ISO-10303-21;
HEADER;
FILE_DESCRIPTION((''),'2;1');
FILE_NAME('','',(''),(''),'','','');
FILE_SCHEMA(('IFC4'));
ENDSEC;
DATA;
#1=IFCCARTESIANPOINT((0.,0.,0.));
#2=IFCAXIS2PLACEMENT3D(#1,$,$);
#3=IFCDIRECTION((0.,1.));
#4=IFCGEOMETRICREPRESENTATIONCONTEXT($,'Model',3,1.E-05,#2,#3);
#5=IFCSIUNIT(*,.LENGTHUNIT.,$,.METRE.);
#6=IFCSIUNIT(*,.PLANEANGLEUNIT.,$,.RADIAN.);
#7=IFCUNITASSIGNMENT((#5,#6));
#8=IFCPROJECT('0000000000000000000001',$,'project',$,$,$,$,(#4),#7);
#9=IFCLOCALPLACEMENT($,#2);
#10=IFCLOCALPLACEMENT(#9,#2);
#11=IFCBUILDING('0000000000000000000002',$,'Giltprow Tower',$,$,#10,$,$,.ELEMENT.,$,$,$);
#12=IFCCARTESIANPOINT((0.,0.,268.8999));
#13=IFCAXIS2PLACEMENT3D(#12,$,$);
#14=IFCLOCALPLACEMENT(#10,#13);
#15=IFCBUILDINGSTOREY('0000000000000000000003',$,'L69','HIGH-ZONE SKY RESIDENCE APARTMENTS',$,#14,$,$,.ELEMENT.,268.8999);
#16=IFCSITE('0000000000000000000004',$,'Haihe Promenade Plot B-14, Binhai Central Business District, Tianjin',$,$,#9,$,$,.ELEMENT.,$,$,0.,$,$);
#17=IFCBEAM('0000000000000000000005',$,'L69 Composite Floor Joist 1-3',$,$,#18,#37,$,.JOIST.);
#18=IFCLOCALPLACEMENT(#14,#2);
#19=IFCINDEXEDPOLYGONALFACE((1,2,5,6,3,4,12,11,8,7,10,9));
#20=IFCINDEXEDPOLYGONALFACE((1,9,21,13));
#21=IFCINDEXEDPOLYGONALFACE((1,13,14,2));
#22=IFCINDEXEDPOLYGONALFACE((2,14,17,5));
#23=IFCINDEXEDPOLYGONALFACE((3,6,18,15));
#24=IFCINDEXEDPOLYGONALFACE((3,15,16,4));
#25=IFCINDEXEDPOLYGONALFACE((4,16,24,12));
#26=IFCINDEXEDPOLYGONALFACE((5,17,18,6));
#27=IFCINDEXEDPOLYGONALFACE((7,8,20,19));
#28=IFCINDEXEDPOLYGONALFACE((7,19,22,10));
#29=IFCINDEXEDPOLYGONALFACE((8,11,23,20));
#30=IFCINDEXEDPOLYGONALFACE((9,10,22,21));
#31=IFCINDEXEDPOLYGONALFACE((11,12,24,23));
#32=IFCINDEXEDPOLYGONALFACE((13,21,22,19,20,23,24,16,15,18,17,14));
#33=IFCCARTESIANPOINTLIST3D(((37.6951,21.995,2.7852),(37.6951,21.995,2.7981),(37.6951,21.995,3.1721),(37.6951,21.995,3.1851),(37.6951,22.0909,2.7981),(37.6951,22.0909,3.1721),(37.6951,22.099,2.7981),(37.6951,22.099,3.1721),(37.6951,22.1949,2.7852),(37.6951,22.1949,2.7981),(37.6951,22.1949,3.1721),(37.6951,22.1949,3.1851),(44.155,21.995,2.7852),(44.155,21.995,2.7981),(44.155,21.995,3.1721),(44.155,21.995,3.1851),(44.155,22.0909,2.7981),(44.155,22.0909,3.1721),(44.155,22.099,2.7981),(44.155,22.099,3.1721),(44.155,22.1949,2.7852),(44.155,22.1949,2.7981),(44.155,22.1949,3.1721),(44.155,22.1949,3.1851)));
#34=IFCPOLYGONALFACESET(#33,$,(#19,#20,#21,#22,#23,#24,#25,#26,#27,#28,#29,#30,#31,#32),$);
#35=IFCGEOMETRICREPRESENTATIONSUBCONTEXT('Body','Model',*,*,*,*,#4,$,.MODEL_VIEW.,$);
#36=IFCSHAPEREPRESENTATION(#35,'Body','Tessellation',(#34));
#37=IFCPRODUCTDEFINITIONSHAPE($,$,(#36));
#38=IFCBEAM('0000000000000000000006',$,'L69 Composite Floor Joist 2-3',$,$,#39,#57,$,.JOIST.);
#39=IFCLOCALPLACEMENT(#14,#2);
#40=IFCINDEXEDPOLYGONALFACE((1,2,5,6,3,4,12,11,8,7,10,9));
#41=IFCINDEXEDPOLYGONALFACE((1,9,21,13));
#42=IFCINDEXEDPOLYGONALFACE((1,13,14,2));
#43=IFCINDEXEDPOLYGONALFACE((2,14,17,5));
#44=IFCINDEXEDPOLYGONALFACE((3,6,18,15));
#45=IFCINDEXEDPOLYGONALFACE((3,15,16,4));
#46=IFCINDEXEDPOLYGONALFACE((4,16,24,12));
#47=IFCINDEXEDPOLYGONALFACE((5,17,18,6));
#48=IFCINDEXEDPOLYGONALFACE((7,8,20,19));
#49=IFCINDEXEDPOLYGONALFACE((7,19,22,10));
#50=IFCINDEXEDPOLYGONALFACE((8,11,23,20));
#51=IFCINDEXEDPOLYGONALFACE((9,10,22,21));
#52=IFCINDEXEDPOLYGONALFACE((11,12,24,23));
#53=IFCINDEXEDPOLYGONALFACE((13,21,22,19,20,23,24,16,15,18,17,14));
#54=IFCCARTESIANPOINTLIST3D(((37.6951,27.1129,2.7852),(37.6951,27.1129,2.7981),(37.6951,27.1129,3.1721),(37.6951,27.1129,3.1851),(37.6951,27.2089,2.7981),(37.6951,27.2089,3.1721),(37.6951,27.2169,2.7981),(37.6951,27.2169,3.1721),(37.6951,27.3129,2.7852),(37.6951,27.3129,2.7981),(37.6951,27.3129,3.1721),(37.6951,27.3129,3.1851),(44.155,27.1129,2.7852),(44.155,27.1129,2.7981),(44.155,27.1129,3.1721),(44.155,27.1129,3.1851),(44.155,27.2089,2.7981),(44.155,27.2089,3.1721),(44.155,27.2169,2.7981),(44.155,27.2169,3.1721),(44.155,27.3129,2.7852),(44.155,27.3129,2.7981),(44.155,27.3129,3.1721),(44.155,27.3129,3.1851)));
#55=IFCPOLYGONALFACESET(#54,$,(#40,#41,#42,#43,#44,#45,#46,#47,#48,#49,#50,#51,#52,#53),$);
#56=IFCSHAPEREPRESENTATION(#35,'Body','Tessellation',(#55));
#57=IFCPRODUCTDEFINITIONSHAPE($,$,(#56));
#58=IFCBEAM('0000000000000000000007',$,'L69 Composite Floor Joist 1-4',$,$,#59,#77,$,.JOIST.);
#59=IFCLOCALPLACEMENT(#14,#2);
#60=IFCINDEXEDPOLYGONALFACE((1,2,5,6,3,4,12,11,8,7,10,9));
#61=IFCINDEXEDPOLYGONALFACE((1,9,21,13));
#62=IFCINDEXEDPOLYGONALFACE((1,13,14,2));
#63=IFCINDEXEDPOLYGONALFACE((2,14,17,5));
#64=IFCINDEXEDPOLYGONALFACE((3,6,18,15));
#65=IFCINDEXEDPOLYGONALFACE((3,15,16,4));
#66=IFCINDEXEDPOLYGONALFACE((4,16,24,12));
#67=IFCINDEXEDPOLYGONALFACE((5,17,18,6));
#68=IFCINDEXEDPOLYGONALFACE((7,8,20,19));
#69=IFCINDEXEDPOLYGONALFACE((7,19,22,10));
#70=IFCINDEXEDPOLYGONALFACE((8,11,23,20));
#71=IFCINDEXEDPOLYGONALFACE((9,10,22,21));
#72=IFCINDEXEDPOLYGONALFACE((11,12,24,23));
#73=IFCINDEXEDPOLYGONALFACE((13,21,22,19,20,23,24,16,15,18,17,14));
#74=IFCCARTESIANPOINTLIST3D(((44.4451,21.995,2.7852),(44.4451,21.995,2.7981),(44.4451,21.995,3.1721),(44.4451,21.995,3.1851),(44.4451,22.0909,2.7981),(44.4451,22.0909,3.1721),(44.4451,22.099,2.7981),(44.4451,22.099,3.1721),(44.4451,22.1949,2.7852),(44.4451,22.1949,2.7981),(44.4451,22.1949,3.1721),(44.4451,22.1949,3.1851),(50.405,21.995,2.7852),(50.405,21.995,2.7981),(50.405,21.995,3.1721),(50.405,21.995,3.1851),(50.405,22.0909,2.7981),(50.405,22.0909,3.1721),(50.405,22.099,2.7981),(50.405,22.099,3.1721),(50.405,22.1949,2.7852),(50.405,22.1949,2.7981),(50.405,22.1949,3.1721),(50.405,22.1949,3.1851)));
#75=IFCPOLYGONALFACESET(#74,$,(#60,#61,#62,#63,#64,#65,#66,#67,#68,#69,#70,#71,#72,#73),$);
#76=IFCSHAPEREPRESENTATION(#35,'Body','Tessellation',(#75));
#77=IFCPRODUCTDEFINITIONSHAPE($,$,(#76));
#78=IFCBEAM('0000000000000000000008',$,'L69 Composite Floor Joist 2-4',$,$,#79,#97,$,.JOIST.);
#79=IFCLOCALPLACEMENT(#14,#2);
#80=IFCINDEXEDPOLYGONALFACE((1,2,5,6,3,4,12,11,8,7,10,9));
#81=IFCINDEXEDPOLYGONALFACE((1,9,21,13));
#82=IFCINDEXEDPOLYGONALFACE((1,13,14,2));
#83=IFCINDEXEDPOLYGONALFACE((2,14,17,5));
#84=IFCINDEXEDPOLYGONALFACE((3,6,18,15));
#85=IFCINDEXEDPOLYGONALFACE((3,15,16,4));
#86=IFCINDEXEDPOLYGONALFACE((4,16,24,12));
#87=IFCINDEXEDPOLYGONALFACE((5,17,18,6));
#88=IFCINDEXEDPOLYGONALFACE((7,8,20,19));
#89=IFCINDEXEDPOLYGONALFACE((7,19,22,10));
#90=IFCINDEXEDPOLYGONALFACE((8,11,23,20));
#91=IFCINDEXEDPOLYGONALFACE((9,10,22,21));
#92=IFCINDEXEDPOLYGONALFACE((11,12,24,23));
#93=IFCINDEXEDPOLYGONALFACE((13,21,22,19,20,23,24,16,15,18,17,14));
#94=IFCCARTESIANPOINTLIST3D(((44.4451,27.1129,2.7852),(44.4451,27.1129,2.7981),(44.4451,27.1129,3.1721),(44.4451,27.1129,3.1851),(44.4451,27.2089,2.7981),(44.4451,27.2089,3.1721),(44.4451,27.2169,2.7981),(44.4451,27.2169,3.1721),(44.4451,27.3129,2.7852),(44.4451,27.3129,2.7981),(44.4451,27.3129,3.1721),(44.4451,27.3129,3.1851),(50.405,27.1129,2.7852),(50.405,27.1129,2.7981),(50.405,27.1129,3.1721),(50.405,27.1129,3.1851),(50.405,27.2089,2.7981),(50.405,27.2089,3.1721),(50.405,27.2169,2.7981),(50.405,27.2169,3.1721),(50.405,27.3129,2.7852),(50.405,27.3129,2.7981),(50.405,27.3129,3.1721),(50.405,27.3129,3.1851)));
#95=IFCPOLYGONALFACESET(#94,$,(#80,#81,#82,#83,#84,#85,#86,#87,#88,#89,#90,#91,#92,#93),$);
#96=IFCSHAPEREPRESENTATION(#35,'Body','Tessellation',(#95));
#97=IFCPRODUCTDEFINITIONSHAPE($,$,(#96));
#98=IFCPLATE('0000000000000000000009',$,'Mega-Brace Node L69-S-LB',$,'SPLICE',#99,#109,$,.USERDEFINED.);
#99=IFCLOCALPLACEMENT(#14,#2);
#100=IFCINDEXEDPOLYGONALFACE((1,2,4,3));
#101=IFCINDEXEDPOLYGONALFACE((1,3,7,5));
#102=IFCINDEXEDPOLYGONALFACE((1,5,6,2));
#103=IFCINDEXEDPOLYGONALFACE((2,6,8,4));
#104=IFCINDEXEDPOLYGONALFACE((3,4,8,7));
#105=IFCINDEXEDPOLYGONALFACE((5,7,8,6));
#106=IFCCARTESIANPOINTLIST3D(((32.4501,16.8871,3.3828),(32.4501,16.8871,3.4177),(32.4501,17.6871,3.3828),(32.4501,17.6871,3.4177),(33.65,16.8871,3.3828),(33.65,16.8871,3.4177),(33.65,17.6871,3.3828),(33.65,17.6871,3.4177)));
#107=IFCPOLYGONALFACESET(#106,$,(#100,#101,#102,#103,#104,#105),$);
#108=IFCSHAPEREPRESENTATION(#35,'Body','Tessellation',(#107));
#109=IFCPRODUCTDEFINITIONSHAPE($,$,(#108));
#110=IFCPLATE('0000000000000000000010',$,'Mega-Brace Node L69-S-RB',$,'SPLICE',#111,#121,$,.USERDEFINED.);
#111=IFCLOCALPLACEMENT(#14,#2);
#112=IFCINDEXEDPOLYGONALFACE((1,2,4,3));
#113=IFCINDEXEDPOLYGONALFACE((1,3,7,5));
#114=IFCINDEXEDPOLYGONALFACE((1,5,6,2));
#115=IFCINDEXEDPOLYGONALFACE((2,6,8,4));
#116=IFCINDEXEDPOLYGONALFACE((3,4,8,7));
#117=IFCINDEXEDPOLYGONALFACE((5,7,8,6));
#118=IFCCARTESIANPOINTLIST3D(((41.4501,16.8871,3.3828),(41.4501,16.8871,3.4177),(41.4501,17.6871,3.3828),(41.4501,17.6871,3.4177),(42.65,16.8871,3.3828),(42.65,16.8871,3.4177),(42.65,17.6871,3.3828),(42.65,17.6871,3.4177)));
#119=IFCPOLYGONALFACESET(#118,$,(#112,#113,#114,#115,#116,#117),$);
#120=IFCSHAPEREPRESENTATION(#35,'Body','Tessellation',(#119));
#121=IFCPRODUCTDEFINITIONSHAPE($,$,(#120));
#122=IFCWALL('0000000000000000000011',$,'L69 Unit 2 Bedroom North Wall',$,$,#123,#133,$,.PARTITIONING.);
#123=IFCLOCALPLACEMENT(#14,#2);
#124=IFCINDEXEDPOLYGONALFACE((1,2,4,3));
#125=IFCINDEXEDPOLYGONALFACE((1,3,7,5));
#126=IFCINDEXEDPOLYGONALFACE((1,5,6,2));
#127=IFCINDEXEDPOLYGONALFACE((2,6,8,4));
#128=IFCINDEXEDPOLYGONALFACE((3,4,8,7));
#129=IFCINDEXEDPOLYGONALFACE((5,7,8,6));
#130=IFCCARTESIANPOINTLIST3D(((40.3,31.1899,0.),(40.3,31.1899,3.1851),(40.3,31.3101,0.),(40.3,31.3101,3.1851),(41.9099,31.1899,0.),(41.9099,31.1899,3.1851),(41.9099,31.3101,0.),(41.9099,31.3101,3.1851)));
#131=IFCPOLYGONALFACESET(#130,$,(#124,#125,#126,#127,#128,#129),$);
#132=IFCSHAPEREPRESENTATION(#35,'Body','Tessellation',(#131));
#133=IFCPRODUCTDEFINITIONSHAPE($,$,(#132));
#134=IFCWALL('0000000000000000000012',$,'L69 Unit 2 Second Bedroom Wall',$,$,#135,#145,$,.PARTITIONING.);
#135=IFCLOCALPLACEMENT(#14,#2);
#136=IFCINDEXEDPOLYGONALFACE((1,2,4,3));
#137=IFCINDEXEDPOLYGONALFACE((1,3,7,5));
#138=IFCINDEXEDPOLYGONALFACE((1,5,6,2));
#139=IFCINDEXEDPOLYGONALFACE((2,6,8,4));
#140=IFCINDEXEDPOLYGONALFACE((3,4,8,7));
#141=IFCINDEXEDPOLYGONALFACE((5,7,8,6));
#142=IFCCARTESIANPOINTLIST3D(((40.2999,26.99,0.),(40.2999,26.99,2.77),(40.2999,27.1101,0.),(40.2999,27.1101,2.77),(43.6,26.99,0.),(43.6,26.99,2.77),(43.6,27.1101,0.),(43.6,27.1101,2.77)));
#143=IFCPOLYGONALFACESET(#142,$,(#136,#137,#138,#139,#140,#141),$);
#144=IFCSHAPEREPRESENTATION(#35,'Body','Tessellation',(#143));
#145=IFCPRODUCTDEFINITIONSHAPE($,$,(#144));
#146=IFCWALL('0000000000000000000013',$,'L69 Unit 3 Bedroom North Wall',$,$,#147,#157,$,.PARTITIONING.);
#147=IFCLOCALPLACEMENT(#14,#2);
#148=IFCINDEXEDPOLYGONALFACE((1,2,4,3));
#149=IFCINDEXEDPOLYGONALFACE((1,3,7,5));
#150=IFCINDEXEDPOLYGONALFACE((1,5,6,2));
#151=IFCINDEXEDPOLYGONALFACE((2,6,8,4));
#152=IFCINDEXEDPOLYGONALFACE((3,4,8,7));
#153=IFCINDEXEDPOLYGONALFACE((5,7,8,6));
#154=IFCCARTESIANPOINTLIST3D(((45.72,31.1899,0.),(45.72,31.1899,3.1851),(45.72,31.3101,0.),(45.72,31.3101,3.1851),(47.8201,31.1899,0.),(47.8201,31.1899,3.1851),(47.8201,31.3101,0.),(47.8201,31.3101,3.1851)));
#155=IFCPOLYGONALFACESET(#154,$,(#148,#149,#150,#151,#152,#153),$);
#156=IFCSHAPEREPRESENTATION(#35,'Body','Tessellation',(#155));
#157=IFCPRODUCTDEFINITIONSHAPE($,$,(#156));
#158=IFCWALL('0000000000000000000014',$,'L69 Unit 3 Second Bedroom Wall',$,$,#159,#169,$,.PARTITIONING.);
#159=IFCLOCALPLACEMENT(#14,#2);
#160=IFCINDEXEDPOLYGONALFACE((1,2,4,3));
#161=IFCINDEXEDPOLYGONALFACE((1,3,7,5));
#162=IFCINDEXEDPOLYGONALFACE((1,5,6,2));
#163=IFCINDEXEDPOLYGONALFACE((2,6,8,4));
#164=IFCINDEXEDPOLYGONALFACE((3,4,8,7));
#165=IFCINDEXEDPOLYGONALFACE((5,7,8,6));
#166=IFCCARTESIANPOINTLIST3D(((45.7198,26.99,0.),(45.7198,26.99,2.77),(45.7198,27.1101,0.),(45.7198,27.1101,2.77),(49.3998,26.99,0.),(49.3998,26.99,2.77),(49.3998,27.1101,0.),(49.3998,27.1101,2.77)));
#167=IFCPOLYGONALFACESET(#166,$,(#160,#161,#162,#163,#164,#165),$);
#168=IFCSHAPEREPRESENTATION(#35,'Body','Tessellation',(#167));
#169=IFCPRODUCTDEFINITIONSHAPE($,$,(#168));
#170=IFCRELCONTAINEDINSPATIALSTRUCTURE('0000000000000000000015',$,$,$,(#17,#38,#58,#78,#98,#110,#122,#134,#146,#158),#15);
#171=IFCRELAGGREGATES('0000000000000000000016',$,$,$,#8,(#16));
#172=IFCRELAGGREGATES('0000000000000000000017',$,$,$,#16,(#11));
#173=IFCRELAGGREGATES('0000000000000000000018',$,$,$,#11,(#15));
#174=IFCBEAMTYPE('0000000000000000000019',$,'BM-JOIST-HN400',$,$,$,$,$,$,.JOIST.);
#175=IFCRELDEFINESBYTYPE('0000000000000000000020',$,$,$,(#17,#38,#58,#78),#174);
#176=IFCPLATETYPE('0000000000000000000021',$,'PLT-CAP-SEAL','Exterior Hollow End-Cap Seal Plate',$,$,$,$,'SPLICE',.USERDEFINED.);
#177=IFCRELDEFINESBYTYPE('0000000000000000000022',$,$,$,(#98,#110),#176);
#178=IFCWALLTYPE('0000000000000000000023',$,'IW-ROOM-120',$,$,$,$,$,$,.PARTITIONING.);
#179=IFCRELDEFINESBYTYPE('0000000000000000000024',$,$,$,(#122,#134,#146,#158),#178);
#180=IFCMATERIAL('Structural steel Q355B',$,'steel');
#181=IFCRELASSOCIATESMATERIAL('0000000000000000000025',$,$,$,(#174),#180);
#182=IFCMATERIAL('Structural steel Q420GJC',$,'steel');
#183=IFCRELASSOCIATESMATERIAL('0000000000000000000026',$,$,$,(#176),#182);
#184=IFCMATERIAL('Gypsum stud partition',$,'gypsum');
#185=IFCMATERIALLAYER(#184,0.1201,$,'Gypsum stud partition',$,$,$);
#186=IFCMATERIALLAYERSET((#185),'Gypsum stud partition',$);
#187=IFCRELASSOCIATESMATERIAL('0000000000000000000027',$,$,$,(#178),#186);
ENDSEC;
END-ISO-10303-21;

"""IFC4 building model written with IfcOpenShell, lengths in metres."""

from ifc_helpers import new_model, si_unit, direction, frame, frame_2d, origin, origin_2d, place, context, subcontext, project, spatial, rectangle, i_section, extrude, source, transform, mapped, material, layer, layer_set, material_profile, profile_set, type_object, element, save


model = new_model("IFC4")

# Units and contexts
model_context = context("Model", 3, precision=1e-05, world=origin(), true_north=direction((0.0, 1.0)))
body_context = subcontext(model_context, "Body", "Model", "MODEL_VIEW")
ifc_project = project(units=[si_unit("LENGTHUNIT", "METRE"), si_unit("PLANEANGLEUNIT", "RADIAN")], contexts=[model_context])

# Site, building, storey
site_placement = place(None, origin())
site = spatial("IfcSite", under=ifc_project, at=site_placement, Name="Haihe Promenade Plot B-14, Binhai Central Business District, Tianjin", CompositionType="ELEMENT", RefElevation=0.0)
building_placement = place(site_placement, origin())
building = spatial("IfcBuilding", under=site, at=building_placement, Name="Giltprow Tower", CompositionType="ELEMENT")
storey_placement = place(building_placement, frame((0.0, 0.0, 268.8999)))
storey = spatial("IfcBuildingStorey", under=building, at=storey_placement, Name="L69", Description="HIGH-ZONE SKY RESIDENCE APARTMENTS", CompositionType="ELEMENT", Elevation=268.8999)

# Beams
ifc_material_1 = material(Name="Structural steel Q355B", Category="steel")
ifc_material_profile = material_profile(ifc_material_1, i_section(OverallWidth=0.2, OverallDepth=0.3999, WebThickness=0.0081, FlangeThickness=0.0129, at=origin_2d()), Name="HN 400x200x8x13")
ifc_profile_set = profile_set([ifc_material_profile], Name="Structural steel Q355B")
beam_type = type_object("IfcBeamType", Name="BM-JOIST-HN400", PredefinedType="JOIST", material=ifc_profile_set)
shared_shape_1 = source(origin(), body_context, "Body", "SweptSolid", [
    extrude(i_section(OverallWidth=0.2, OverallDepth=0.3999, WebThickness=0.0081, FlangeThickness=0.0129, at=origin_2d()), origin(), (0.0, 0.0, 1.0), 6.46),
])
for number, where, z_axis, x_axis, name in (
    (1, (37.6951, 22.095, 2.9851), (1.0, 0.0, 0.0), (0.0, 1.0, 0.0), "L69 Composite Floor Joist 1-3"),
    (2, (37.6951, 27.2129, 2.9851), (1.0, 0.0, 0.0), (0.0, 1.0, 0.0), "L69 Composite Floor Joist 2-3"),
):
    element("IfcBeam", number, at=place(storey_placement, frame(where, z_axis=z_axis, x_axis=x_axis)), inside=storey, type_object=beam_type, Name=name, PredefinedType="JOIST", context=body_context, shape_type="MappedRepresentation", body=[
        mapped(shared_shape_1, transform((0.0, 0.0, 0.0), x_axis=(1.0, 0.0, 0.0), y_axis=(0.0, 1.0, 0.0), z_axis=(0.0, 0.0, 1.0), scale=1.0)),
    ])
shared_shape_2 = source(origin(), body_context, "Body", "SweptSolid", [
    extrude(i_section(OverallWidth=0.2, OverallDepth=0.3999, WebThickness=0.0081, FlangeThickness=0.0129, at=origin_2d()), origin(), (0.0, 0.0, 1.0), 5.96),
])
for number, where, z_axis, x_axis, name in (
    (3, (44.4451, 22.095, 2.9851), (1.0, 0.0, 0.0), (0.0, 1.0, 0.0), "L69 Composite Floor Joist 1-4"),
    (4, (44.4451, 27.2129, 2.9851), (1.0, 0.0, 0.0), (0.0, 1.0, 0.0), "L69 Composite Floor Joist 2-4"),
):
    element("IfcBeam", number, at=place(storey_placement, frame(where, z_axis=z_axis, x_axis=x_axis)), inside=storey, type_object=beam_type, Name=name, PredefinedType="JOIST", context=body_context, shape_type="MappedRepresentation", body=[
        mapped(shared_shape_2, transform((0.0, 0.0, 0.0), x_axis=(1.0, 0.0, 0.0), y_axis=(0.0, 1.0, 0.0), z_axis=(0.0, 0.0, 1.0), scale=1.0)),
    ])

# Plates
ifc_material_2 = material(Name="Structural steel Q420GJC", Category="steel")
plate_type = type_object("IfcPlateType", Name="PLT-CAP-SEAL", Description="Exterior Hollow End-Cap Seal Plate", ElementType="SPLICE", PredefinedType="USERDEFINED", material=ifc_material_2)
shared_shape_3 = source(origin(), body_context, "Body", "SweptSolid", [
    extrude(rectangle(XDim=1.2, YDim=0.8, at=origin_2d()), origin(), (0.0, 0.0, 1.0), 0.0349),
])
for number, where, z_axis, x_axis, name in (
    (5, (33.05, 17.2871, 3.3828), (0.0, 0.0, 1.0), (1.0, 0.0, 0.0), "Mega-Brace Node L69-S-LB"),
    (6, (42.05, 17.2871, 3.3828), (0.0, 0.0, 1.0), (1.0, 0.0, 0.0), "Mega-Brace Node L69-S-RB"),
):
    element("IfcPlate", number, at=place(storey_placement, frame(where, z_axis=z_axis, x_axis=x_axis)), inside=storey, type_object=plate_type, Name=name, ObjectType="SPLICE", PredefinedType="USERDEFINED", context=body_context, shape_type="MappedRepresentation", body=[
        mapped(shared_shape_3, transform((0.0, 0.0, 0.0), x_axis=(1.0, 0.0, 0.0), y_axis=(0.0, 1.0, 0.0), z_axis=(0.0, 0.0, 1.0), scale=1.0)),
    ])

# Walls
ifc_material_3 = material(Name="Gypsum stud partition", Category="gypsum")
ifc_layer_1 = layer(ifc_material_3, 0.1201, Name="Gypsum stud partition")
ifc_layer_set_1 = layer_set([ifc_layer_1], Name="Gypsum stud partition")
wall_type_1 = type_object("IfcWallType", Name="IW-ROOM-120", PredefinedType="PARTITIONING", material=ifc_layer_set_1)
wall_1_placement = place(storey_placement, frame((40.3, 31.25, 0.0), z_axis=(0.0, 0.0, 1.0), x_axis=(1.0, 0.0, 0.0)))
element("IfcWall", 7, at=wall_1_placement, inside=storey, type_object=wall_type_1, Name="L69 Unit 2 Bedroom North Wall", PredefinedType="PARTITIONING", context=body_context, shape_type="SweptSolid", body=[
    extrude(rectangle(XDim=1.6099, YDim=0.1201, at=frame_2d((0.8049, 0.0))), origin(), (0.0, 0.0, 1.0), 3.1851),
])
wall_2_placement = place(storey_placement, frame((40.3, 27.05, 0.0), z_axis=(0.0, 0.0, 1.0), x_axis=(1.0, 0.0, 0.0)))
element("IfcWall", 8, at=wall_2_placement, inside=storey, type_object=wall_type_1, Name="L69 Unit 2 Second Bedroom Wall", PredefinedType="PARTITIONING", context=body_context, shape_type="SweptSolid", body=[
    extrude(rectangle(XDim=3.3, YDim=0.1201, at=frame_2d((1.6499, 0.0))), origin(), (0.0, 0.0, 1.0), 2.77),
])
wall_3_placement = place(storey_placement, frame((45.72, 31.25, 0.0), z_axis=(0.0, 0.0, 1.0), x_axis=(1.0, 0.0, 0.0)))
element("IfcWall", 9, at=wall_3_placement, inside=storey, type_object=wall_type_1, Name="L69 Unit 3 Bedroom North Wall", PredefinedType="PARTITIONING", context=body_context, shape_type="SweptSolid", body=[
    extrude(rectangle(XDim=2.1001, YDim=0.1201, at=frame_2d((1.05, 0.0))), origin(), (0.0, 0.0, 1.0), 3.1851),
])
wall_4_placement = place(storey_placement, frame((45.72, 27.05, 0.0), z_axis=(0.0, 0.0, 1.0), x_axis=(1.0, 0.0, 0.0)))
element("IfcWall", 10, at=wall_4_placement, inside=storey, type_object=wall_type_1, Name="L69 Unit 3 Second Bedroom Wall", PredefinedType="PARTITIONING", context=body_context, shape_type="SweptSolid", body=[
    extrude(rectangle(XDim=3.6799, YDim=0.1201, at=frame_2d((1.8398, 0.0))), origin(), (0.0, 0.0, 1.0), 2.77),
])

save(model, "model.ifc")
